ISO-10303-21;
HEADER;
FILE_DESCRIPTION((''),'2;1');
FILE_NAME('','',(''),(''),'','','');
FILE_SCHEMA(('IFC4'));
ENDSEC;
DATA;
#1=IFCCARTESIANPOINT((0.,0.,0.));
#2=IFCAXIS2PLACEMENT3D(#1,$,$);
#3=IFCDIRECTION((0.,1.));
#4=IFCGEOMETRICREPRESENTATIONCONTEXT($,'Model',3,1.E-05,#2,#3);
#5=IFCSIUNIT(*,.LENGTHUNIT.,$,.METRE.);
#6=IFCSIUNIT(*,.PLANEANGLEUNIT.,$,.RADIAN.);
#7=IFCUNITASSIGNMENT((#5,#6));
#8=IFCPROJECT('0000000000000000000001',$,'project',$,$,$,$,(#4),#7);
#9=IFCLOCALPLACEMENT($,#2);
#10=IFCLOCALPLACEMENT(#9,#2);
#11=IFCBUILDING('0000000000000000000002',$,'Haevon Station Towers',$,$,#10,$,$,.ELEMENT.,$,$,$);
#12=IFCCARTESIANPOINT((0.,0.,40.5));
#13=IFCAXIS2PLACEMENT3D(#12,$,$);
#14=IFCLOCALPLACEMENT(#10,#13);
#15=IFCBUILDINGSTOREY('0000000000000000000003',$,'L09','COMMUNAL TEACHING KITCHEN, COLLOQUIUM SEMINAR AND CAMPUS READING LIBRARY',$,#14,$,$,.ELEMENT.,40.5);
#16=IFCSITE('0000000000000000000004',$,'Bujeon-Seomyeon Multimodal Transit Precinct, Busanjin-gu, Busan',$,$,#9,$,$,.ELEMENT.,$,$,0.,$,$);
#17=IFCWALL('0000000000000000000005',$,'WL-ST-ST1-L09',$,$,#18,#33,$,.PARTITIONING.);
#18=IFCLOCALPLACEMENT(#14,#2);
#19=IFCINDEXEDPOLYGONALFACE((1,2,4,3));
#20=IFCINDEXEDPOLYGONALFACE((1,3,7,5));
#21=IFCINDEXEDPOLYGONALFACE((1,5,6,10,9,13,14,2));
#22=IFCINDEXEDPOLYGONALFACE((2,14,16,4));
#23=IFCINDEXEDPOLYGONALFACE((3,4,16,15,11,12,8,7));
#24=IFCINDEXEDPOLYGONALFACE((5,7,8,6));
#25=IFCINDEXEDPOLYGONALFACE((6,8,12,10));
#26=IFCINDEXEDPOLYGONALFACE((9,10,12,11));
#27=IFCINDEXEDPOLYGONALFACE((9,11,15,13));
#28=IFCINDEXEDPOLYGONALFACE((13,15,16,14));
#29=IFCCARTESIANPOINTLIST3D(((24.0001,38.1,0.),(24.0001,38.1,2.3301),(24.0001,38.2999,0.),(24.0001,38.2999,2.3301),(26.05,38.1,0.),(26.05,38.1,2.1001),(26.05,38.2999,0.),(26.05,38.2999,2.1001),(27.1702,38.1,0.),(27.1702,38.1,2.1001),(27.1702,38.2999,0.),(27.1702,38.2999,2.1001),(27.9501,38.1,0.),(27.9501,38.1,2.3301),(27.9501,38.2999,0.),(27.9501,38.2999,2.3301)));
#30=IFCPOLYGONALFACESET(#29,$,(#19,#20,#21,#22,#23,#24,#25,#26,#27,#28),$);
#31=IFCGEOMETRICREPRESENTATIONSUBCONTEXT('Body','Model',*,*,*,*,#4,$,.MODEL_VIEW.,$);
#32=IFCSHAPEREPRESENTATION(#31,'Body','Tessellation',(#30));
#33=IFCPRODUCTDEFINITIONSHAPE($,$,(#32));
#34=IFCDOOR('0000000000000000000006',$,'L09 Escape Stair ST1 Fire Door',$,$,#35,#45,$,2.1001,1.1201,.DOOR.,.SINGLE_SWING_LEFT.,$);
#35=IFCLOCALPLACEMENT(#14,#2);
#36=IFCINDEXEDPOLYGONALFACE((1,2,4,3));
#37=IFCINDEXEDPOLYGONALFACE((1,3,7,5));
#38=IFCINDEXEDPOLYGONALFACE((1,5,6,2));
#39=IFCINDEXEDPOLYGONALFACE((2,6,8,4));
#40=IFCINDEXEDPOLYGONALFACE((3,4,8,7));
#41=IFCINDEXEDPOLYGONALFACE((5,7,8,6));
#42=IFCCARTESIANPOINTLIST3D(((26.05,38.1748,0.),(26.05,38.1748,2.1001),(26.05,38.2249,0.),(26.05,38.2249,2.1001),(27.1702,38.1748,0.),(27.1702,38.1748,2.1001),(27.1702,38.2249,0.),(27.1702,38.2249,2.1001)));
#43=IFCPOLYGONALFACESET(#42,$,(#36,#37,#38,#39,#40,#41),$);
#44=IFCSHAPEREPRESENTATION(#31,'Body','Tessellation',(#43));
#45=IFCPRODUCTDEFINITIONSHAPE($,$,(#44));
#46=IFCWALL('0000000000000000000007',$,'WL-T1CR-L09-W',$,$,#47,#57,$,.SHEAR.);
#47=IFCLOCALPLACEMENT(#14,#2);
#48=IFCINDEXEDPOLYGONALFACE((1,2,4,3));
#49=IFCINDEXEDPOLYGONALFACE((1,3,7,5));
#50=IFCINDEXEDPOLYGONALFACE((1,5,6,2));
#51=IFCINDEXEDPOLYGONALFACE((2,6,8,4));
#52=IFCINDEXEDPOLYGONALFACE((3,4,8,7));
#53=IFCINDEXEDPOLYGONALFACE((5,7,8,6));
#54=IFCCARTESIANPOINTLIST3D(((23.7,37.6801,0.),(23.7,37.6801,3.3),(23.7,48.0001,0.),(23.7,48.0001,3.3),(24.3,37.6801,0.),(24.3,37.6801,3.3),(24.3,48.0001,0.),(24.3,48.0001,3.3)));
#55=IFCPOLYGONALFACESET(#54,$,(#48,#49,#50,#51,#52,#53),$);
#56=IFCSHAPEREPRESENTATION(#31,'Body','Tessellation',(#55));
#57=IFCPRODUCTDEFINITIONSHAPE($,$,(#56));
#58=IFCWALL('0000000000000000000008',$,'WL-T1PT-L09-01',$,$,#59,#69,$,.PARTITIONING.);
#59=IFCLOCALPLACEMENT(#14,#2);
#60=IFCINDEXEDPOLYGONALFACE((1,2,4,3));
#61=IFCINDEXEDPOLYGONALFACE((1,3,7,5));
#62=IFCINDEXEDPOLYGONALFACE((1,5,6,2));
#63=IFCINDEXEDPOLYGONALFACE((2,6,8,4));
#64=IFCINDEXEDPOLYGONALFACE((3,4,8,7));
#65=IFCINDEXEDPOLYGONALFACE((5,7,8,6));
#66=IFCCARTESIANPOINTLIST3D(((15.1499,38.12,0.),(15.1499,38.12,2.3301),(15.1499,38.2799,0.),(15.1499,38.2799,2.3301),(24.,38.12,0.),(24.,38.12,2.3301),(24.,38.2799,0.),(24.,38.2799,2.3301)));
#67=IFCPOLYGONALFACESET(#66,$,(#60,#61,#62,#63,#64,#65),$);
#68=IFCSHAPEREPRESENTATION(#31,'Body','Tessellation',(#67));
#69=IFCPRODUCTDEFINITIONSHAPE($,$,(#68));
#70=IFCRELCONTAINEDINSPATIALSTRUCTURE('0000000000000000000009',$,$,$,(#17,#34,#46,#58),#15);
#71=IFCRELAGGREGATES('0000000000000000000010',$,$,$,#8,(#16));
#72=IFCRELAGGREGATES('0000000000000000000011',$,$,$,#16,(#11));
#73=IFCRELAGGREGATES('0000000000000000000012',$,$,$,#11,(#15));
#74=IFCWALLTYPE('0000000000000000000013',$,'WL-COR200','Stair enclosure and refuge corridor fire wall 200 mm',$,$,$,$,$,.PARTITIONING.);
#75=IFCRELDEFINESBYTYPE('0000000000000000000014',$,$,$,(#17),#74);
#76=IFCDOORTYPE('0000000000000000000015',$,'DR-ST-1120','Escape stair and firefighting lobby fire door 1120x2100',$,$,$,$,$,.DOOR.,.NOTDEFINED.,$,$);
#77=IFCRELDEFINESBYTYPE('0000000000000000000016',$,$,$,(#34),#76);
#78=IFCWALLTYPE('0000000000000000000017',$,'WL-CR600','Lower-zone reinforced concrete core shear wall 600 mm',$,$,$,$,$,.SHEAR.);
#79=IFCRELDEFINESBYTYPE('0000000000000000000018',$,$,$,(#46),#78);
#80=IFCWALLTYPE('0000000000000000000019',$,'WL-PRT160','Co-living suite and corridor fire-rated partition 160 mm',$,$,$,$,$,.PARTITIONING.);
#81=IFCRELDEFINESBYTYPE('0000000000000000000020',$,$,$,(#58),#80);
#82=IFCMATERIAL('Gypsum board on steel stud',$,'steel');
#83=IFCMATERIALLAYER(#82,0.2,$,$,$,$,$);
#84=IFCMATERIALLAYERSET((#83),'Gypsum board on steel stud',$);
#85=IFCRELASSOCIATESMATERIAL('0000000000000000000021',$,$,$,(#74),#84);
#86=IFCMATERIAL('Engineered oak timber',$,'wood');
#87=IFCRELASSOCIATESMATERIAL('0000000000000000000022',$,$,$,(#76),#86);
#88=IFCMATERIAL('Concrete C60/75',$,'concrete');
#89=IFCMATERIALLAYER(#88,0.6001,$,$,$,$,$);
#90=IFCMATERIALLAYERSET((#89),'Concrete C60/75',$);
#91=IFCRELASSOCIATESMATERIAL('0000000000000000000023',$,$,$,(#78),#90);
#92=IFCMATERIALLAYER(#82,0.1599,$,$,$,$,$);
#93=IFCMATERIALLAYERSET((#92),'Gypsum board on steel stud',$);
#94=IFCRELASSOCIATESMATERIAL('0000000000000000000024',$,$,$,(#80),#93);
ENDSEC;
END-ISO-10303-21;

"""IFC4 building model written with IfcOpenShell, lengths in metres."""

from ifc_helpers import new_model, si_unit, direction, frame, frame_2d, origin, place, context, subcontext, project, spatial, rectangle, extrude, material, layer, layer_set, type_object, element, fill, save


model = new_model("IFC4")

# Units and contexts
model_context = context("Model", 3, precision=1e-05, world=origin(), true_north=direction((0.0, 1.0)))
body_context = subcontext(model_context, "Body", "Model", "MODEL_VIEW")
ifc_project = project(units=[si_unit("LENGTHUNIT", "METRE"), si_unit("PLANEANGLEUNIT", "RADIAN")], contexts=[model_context])

# Site, building, storey
site_placement = place(None, origin())
site = spatial("IfcSite", under=ifc_project, at=site_placement, Name="Bujeon-Seomyeon Multimodal Transit Precinct, Busanjin-gu, Busan", CompositionType="ELEMENT", RefElevation=0.0)
building_placement = place(site_placement, origin())
building = spatial("IfcBuilding", under=site, at=building_placement, Name="Haevon Station Towers", CompositionType="ELEMENT")
storey_placement = place(building_placement, frame((0.0, 0.0, 40.5)))
storey = spatial("IfcBuildingStorey", under=building, at=storey_placement, Name="L09", Description="COMMUNAL TEACHING KITCHEN, COLLOQUIUM SEMINAR AND CAMPUS READING LIBRARY", CompositionType="ELEMENT", Elevation=40.5)

# Wall, opening, door
ifc_material_1 = material(Name="Gypsum board on steel stud", Category="steel")
ifc_layer_1 = layer(ifc_material_1, 0.2)
ifc_layer_set_1 = layer_set([ifc_layer_1], Name="Gypsum board on steel stud")
wall_type_1 = type_object("IfcWallType", Name="WL-COR200", Description="Stair enclosure and refuge corridor fire wall 200 mm", PredefinedType="PARTITIONING", material=ifc_layer_set_1)
wall_1_placement = place(storey_placement, frame((24.0, 38.2, 0.0), z_axis=(0.0, 0.0, 1.0), x_axis=(1.0, 0.0, 0.0)))
wall_1 = element("IfcWall", 1, at=wall_1_placement, inside=storey, type_object=wall_type_1, Name="WL-ST-ST1-L09", PredefinedType="PARTITIONING", context=body_context, shape_type="SweptSolid", body=[
    extrude(rectangle(XDim=3.95, YDim=0.2, at=frame_2d((1.9751, 0.0))), origin(), (0.0, 0.0, 1.0), 2.3301),
])
opening_1_placement = place(wall_1_placement, frame((2.05, 0.0, 0.0)))
opening_1 = element("IfcOpeningElement", 2, at=opening_1_placement, cuts=wall_1, PredefinedType="OPENING", context=body_context, shape_type="SweptSolid", body=[
    extrude(rectangle(XDim=1.1201, YDim=2.1001, at=frame_2d((0.5601, 1.05))), frame((0.0, 0.1099, 0.0), z_axis=(0.0, -1.0, 0.0), x_axis=(1.0, 0.0, 0.0)), (0.0, 0.0, 1.0), 0.22),
])
ifc_material_2 = material(Name="Engineered oak timber", Category="wood")
door_type_1 = type_object("IfcDoorType", Name="DR-ST-1120", Description="Escape stair and firefighting lobby fire door 1120x2100", OperationType="NOTDEFINED", PredefinedType="DOOR", material=ifc_material_2)
door_1_placement = place(opening_1_placement, origin())
door_1 = element("IfcDoor", 3, at=door_1_placement, inside=storey, type_object=door_type_1, Name="L09 Escape Stair ST1 Fire Door", OperationType="SINGLE_SWING_LEFT", OverallHeight=2.1001, OverallWidth=1.1201, PredefinedType="DOOR", context=body_context, shape_type="SweptSolid", body=[
    extrude(rectangle(XDim=1.1201, YDim=2.1001, at=frame_2d((0.5601, 1.05))), frame((0.0, 0.0249, 0.0), z_axis=(0.0, -1.0, 0.0), x_axis=(1.0, 0.0, 0.0)), (0.0, 0.0, 1.0), 0.05),
])
fill(opening_1, door_1)

# Walls
ifc_material_3 = material(Name="Concrete C60/75", Category="concrete")
ifc_layer_2 = layer(ifc_material_3, 0.6001)
ifc_layer_set_2 = layer_set([ifc_layer_2], Name="Concrete C60/75")
wall_type_2 = type_object("IfcWallType", Name="WL-CR600", Description="Lower-zone reinforced concrete core shear wall 600 mm", PredefinedType="SHEAR", material=ifc_layer_set_2)
wall_2_placement = place(storey_placement, frame((24.0, 37.6799, 0.0), z_axis=(0.0, 0.0, 1.0), x_axis=(0.0, 1.0, 0.0)))
element("IfcWall", 4, at=wall_2_placement, inside=storey, type_object=wall_type_2, Name="WL-T1CR-L09-W", PredefinedType="SHEAR", context=body_context, shape_type="SweptSolid", body=[
    extrude(rectangle(XDim=10.3201, YDim=0.6001, at=frame_2d((5.1602, 0.0))), origin(), (0.0, 0.0, 1.0), 3.3),
])
ifc_layer_3 = layer(ifc_material_1, 0.1599)
ifc_layer_set_3 = layer_set([ifc_layer_3], Name="Gypsum board on steel stud")
wall_type_3 = type_object("IfcWallType", Name="WL-PRT160", Description="Co-living suite and corridor fire-rated partition 160 mm", PredefinedType="PARTITIONING", material=ifc_layer_set_3)
wall_3_placement = place(storey_placement, frame((15.1499, 38.2, 0.0), z_axis=(0.0, 0.0, 1.0), x_axis=(1.0, 0.0, 0.0)))
element("IfcWall", 5, at=wall_3_placement, inside=storey, type_object=wall_type_3, Name="WL-T1PT-L09-01", PredefinedType="PARTITIONING", context=body_context, shape_type="SweptSolid", body=[
    extrude(rectangle(XDim=8.8501, YDim=0.1599, at=frame_2d((4.425, 0.0))), origin(), (0.0, 0.0, 1.0), 2.3301),
])

save(model, "model.ifc")
